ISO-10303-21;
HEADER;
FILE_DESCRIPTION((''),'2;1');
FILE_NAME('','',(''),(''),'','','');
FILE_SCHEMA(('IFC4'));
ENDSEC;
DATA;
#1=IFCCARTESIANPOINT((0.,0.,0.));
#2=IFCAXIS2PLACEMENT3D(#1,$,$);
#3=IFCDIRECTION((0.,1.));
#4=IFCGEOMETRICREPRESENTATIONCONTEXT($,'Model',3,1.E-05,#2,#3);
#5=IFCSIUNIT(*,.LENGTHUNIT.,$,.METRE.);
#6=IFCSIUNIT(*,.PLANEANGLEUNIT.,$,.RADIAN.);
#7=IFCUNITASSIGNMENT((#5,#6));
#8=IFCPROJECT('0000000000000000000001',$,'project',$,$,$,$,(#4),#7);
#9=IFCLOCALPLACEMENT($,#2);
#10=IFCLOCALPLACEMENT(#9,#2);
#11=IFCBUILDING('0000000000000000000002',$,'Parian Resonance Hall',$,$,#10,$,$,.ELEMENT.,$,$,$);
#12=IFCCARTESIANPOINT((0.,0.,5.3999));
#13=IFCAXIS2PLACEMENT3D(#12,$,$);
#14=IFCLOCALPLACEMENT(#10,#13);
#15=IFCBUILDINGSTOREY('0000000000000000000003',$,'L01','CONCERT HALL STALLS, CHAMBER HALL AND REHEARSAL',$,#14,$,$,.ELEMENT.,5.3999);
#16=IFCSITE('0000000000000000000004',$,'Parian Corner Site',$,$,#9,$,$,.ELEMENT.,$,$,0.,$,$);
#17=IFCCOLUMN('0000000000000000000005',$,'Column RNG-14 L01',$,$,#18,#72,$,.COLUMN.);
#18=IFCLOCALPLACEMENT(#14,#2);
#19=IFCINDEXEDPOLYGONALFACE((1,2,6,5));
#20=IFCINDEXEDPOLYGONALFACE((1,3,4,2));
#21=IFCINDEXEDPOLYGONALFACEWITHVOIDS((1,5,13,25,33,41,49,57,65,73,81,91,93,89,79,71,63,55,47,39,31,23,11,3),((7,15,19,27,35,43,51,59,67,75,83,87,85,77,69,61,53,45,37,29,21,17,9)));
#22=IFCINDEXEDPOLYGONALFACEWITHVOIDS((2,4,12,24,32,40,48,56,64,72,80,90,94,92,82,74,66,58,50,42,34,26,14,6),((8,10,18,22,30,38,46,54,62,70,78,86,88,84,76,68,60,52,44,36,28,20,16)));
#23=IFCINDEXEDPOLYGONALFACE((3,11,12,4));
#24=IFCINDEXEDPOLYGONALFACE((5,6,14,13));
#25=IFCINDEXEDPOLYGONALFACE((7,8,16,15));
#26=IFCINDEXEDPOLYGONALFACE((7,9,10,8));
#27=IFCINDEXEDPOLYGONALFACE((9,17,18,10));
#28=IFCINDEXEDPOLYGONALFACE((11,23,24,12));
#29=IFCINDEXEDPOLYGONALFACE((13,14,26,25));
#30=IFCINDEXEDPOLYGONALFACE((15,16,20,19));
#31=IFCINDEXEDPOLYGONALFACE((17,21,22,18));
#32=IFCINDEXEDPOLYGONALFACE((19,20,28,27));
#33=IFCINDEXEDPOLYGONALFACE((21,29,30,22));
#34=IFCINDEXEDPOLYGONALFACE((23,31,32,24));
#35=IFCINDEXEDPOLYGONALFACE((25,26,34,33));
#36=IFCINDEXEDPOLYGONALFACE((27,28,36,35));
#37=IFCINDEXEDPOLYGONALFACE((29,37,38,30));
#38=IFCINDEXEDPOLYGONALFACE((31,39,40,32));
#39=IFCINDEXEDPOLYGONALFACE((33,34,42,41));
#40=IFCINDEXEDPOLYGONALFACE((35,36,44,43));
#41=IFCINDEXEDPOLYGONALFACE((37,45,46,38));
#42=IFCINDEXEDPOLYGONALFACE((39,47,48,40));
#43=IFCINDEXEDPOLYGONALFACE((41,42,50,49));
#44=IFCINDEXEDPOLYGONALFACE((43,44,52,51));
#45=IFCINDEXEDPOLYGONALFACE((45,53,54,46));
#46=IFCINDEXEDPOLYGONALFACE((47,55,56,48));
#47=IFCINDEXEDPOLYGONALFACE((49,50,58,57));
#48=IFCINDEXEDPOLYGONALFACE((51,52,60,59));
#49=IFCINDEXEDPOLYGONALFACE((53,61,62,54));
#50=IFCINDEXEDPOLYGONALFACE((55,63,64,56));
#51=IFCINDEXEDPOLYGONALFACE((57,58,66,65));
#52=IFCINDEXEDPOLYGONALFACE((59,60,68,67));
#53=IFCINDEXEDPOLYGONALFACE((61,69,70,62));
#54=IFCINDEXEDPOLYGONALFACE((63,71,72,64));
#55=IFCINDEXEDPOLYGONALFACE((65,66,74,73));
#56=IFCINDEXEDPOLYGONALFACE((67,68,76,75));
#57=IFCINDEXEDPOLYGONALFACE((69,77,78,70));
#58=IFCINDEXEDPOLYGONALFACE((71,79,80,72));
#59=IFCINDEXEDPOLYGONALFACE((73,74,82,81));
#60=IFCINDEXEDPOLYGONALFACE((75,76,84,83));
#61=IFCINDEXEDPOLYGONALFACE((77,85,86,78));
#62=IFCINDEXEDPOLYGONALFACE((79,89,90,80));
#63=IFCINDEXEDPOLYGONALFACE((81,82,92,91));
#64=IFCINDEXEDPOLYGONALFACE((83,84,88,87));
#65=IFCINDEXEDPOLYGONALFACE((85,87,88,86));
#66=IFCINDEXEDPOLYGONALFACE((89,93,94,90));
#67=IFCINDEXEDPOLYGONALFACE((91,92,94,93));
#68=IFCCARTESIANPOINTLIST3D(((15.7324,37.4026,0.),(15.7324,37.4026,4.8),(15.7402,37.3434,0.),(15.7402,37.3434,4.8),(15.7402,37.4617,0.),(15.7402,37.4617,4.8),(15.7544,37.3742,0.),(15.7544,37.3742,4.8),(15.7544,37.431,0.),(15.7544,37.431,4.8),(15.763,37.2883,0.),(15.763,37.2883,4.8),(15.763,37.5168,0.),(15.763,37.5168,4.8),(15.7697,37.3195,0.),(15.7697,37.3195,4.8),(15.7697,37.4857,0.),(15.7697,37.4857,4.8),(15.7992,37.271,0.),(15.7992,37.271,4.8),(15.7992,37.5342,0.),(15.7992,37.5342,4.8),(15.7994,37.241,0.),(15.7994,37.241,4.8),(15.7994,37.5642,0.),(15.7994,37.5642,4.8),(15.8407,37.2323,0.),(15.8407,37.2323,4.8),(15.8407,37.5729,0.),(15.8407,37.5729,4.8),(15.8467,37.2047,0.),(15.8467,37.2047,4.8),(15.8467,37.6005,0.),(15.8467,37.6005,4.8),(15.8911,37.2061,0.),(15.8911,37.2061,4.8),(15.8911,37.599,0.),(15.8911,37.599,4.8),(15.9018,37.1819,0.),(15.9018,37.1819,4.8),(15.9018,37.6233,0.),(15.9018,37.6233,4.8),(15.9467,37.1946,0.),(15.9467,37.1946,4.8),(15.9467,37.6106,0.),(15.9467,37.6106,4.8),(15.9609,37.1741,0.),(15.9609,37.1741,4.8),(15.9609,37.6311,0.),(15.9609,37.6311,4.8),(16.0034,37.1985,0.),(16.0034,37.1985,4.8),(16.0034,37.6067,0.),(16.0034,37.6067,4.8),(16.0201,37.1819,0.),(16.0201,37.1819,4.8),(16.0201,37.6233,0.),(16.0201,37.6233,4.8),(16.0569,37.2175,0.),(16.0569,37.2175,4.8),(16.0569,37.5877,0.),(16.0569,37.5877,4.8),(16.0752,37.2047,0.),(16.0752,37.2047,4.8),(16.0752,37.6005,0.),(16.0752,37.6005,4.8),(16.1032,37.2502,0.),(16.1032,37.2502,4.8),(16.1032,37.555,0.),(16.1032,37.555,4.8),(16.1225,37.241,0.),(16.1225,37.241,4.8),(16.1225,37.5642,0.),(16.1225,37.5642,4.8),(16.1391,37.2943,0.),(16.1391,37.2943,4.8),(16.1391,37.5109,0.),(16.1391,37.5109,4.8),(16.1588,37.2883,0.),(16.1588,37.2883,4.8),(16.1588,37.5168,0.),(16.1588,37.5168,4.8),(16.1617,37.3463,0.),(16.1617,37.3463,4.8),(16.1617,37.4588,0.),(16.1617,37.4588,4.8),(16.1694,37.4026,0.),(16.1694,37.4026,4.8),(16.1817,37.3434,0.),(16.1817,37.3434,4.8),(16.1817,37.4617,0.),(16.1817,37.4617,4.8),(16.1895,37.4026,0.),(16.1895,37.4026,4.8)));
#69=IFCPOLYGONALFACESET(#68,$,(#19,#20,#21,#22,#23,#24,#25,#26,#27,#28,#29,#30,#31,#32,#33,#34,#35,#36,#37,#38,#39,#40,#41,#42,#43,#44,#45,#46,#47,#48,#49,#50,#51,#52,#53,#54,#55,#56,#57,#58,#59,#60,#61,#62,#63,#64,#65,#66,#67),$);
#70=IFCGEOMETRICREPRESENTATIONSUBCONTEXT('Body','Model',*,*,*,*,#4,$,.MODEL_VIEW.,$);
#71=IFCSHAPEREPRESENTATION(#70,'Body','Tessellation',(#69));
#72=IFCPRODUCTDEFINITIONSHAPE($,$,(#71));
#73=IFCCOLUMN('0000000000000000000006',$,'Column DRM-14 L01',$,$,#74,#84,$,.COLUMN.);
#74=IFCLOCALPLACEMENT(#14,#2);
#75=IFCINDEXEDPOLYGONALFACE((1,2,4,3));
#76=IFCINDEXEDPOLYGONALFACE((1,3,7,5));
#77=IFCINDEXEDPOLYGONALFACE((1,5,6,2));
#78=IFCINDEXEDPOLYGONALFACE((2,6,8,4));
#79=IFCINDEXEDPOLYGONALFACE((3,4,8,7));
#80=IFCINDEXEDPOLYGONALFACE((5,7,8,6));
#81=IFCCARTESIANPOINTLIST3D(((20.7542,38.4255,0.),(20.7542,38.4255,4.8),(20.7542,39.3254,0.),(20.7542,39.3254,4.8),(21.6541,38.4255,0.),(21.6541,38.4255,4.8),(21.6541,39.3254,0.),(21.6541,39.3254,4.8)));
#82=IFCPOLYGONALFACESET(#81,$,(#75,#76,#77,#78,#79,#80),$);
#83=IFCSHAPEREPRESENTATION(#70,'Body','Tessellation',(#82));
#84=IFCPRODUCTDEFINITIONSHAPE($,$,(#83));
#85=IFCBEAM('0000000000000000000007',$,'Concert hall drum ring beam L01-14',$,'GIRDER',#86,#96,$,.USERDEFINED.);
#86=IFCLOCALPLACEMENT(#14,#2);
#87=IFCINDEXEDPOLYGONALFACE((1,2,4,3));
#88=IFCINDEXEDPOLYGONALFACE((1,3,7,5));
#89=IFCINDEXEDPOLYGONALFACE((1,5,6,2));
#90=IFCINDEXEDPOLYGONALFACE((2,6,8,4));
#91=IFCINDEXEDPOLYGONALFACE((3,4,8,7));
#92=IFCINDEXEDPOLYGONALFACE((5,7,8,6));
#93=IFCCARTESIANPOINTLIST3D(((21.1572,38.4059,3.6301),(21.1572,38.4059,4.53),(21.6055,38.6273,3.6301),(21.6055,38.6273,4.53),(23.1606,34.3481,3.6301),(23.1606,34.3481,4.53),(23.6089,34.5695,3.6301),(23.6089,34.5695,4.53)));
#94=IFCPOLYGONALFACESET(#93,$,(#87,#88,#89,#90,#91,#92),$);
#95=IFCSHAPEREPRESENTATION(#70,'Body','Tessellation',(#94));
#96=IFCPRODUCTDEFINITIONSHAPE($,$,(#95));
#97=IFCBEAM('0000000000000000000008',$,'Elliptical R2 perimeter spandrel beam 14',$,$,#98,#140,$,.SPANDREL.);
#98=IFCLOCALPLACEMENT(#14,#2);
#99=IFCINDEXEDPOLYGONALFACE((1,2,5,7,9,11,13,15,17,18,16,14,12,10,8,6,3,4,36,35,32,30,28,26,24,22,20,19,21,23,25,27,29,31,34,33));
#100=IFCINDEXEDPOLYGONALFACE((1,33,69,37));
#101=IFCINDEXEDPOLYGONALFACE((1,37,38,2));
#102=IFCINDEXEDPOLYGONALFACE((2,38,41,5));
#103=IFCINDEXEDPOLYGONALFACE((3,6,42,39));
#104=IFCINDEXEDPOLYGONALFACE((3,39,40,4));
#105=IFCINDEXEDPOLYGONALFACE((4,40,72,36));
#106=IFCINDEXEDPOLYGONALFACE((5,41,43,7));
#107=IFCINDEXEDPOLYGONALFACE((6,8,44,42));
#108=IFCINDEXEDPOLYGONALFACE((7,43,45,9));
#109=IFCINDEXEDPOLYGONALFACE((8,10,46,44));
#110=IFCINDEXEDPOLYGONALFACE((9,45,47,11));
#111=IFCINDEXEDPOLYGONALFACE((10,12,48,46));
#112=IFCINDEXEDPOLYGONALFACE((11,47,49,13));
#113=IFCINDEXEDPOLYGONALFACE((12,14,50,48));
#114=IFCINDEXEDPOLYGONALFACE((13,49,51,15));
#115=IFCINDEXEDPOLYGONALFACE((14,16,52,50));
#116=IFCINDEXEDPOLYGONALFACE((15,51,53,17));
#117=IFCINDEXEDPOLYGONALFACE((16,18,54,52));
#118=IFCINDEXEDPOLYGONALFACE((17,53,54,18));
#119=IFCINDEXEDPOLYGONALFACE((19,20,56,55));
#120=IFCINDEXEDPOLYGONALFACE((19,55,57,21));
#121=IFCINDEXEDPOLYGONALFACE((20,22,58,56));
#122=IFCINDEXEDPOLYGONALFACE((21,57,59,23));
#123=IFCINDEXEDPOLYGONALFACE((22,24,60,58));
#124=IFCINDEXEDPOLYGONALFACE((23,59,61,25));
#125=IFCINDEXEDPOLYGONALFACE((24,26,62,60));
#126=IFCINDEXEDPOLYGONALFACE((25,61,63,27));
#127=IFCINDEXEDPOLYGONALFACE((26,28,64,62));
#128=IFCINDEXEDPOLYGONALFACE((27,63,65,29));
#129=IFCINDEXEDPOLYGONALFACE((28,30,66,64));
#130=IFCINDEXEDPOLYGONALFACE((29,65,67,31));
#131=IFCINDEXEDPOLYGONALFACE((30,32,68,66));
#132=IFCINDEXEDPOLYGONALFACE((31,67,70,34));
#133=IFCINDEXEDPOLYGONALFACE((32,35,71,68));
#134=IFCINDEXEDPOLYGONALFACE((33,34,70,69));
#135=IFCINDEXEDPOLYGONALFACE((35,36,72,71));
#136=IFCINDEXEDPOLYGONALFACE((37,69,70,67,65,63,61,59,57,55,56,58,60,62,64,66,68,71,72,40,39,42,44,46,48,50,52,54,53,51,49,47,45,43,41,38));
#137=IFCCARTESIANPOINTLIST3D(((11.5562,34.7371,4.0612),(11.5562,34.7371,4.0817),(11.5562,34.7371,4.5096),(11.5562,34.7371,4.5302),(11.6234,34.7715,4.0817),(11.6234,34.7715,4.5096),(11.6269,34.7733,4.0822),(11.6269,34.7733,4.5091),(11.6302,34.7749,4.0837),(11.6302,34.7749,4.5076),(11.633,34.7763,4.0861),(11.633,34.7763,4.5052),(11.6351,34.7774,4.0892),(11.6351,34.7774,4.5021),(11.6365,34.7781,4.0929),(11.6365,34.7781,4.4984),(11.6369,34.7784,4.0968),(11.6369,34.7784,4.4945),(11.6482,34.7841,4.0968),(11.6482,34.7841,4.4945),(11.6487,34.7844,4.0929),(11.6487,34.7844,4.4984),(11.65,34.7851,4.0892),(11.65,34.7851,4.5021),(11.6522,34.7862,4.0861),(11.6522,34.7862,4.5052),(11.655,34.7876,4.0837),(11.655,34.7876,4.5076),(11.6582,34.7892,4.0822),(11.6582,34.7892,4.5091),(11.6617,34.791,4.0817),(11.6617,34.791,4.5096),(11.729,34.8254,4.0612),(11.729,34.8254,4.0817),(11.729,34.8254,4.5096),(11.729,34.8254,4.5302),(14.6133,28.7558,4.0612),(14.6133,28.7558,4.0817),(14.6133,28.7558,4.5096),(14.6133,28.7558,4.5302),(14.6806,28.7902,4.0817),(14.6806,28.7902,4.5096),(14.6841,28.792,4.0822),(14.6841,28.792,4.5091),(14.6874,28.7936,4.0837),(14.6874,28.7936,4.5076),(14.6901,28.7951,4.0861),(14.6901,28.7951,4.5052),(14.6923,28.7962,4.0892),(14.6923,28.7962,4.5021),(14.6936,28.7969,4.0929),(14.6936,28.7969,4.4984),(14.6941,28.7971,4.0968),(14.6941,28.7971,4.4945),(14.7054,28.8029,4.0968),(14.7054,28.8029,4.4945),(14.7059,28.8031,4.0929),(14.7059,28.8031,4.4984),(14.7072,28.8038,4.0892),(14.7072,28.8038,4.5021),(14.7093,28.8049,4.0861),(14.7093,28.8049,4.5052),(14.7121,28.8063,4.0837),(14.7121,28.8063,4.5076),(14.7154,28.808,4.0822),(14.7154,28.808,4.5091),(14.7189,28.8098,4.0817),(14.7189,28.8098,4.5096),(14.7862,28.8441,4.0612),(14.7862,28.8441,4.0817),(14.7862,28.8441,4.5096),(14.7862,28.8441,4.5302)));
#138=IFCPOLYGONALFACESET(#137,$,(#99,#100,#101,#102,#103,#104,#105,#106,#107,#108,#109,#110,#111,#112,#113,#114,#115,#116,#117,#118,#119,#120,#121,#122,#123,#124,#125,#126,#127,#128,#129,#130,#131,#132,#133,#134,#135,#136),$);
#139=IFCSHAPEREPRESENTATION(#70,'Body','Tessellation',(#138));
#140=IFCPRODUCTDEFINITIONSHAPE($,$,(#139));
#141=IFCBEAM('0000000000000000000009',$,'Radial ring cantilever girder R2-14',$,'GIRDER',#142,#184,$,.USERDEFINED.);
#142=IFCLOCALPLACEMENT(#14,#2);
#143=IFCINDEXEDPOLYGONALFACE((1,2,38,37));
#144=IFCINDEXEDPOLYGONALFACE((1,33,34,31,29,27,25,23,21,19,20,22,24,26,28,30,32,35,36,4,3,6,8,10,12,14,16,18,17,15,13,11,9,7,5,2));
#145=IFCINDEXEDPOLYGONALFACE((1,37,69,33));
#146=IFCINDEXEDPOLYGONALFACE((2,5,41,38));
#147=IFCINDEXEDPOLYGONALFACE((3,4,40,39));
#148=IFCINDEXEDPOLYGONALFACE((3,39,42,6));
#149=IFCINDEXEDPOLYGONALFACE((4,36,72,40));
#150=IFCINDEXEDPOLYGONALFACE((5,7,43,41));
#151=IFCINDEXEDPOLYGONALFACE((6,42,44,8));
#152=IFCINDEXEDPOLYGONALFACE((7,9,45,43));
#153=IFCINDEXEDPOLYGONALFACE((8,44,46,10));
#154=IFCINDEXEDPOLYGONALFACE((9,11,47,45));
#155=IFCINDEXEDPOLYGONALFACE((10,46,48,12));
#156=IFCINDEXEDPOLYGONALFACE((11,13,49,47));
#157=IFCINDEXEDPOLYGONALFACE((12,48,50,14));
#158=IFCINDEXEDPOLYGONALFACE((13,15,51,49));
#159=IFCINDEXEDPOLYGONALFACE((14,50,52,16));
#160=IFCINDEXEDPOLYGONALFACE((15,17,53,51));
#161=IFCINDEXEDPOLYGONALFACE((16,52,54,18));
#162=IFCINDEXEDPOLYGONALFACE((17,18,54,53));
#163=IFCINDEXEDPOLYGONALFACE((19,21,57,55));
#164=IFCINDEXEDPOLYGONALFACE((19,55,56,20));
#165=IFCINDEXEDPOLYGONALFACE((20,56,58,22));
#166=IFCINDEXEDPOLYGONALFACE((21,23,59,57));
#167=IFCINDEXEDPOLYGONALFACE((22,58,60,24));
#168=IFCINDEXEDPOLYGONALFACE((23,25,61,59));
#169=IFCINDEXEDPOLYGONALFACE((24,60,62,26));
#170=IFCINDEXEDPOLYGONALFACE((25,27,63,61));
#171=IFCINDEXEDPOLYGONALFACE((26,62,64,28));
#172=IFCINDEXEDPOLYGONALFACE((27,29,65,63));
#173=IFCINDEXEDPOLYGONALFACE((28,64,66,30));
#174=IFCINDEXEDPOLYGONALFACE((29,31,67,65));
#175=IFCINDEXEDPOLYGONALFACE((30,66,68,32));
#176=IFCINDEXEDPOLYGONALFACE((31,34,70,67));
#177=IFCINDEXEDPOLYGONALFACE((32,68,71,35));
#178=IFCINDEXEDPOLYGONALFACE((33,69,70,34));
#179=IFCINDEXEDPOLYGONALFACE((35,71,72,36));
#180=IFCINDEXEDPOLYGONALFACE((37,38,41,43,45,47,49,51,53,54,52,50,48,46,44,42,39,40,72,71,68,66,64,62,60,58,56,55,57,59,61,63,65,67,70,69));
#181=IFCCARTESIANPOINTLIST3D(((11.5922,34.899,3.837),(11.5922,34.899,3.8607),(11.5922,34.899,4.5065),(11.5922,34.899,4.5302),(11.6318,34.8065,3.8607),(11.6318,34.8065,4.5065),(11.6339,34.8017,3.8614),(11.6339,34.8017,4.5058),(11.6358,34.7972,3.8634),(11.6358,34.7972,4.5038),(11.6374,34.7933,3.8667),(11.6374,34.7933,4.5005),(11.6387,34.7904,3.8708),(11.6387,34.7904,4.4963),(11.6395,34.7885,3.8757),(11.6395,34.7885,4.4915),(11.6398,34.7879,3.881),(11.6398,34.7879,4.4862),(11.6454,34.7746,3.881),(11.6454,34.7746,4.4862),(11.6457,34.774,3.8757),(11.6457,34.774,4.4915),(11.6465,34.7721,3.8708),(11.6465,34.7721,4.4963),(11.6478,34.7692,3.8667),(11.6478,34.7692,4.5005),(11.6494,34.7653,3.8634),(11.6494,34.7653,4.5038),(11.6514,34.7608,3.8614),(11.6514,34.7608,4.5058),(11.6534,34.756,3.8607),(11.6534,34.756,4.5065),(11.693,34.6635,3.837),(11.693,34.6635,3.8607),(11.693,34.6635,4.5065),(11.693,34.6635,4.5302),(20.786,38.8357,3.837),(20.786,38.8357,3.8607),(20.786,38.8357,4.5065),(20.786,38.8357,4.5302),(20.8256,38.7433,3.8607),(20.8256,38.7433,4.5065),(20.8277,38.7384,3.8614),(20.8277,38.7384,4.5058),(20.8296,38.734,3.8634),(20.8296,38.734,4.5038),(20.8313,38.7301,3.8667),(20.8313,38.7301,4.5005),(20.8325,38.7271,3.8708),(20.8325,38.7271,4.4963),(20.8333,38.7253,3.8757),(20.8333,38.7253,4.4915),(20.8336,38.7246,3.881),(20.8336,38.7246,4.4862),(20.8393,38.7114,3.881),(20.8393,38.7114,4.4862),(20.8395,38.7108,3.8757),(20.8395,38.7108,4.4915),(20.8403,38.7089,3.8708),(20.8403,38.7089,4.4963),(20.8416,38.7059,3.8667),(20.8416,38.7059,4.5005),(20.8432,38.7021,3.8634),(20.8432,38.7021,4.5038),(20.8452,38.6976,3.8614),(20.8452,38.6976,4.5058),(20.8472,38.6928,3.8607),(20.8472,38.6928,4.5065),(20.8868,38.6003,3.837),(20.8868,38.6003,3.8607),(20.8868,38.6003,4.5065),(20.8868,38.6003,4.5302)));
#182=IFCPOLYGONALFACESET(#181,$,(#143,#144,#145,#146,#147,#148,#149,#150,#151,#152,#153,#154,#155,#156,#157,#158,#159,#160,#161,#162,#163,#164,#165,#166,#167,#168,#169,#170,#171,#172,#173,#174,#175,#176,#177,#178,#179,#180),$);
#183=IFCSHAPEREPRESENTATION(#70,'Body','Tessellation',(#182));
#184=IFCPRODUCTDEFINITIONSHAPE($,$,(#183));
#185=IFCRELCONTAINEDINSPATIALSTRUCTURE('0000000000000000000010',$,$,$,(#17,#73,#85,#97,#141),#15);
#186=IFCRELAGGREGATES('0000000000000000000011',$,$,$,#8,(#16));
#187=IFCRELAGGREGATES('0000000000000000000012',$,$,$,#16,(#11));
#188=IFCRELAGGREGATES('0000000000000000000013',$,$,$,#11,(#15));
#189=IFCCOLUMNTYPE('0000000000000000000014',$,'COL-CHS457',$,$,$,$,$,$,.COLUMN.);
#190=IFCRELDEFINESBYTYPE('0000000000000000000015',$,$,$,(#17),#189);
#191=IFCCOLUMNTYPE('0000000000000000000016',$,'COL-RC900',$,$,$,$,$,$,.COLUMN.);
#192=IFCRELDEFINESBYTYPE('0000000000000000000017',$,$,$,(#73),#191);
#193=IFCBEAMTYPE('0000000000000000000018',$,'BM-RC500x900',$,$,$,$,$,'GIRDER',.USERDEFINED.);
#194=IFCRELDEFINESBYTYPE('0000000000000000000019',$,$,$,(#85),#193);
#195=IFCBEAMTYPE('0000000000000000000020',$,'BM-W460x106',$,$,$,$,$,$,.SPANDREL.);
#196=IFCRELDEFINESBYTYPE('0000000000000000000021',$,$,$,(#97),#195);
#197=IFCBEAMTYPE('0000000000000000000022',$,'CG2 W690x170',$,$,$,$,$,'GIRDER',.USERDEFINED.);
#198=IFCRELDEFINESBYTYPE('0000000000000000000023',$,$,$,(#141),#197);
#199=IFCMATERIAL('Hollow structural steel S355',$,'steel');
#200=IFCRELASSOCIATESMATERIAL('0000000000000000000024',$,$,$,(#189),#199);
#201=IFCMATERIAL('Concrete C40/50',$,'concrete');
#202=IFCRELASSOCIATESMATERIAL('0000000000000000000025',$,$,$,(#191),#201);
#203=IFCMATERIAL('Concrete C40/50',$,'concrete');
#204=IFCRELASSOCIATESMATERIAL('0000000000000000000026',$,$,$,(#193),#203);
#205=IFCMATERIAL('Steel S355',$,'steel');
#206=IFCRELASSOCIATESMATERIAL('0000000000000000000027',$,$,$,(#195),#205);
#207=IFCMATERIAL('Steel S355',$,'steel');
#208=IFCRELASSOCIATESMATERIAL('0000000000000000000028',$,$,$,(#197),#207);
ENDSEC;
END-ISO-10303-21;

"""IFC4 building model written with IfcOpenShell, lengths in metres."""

from ifc_helpers import new_model, si_unit, direction, frame, origin, origin_2d, place, context, subcontext, project, spatial, rectangle, hollow_circle, i_section, extrude, material, material_profile, profile_set, type_object, element, save


model = new_model("IFC4")

# Units and contexts
model_context = context("Model", 3, precision=1e-05, world=origin(), true_north=direction((0.0, 1.0)))
body_context = subcontext(model_context, "Body", "Model", "MODEL_VIEW")
ifc_project = project(units=[si_unit("LENGTHUNIT", "METRE"), si_unit("PLANEANGLEUNIT", "RADIAN")], contexts=[model_context])

# Site, building, storey
site_placement = place(None, origin())
site = spatial("IfcSite", under=ifc_project, at=site_placement, Name="Parian Corner Site", CompositionType="ELEMENT", RefElevation=0.0)
building_placement = place(site_placement, origin())
building = spatial("IfcBuilding", under=site, at=building_placement, Name="Parian Resonance Hall", CompositionType="ELEMENT")
storey_placement = place(building_placement, frame((0.0, 0.0, 5.3999)))
storey = spatial("IfcBuildingStorey", under=building, at=storey_placement, Name="L01", Description="CONCERT HALL STALLS, CHAMBER HALL AND REHEARSAL", CompositionType="ELEMENT", Elevation=5.3999)

# Columns
ifc_material_1 = material(Name="Hollow structural steel S355", Category="steel")
ifc_material_profile_1 = material_profile(ifc_material_1, hollow_circle(Radius=0.2285, WallThickness=0.02, at=origin_2d()), Name="CHS457x20")
ifc_profile_set_1 = profile_set([ifc_material_profile_1], Name="Hollow structural steel S355")
column_type_1 = type_object("IfcColumnType", Name="COL-CHS457", PredefinedType="COLUMN", material=ifc_profile_set_1)
column_1_placement = place(storey_placement, frame((15.9609, 37.4026, 0.0), z_axis=(0.0, 0.0, 1.0), x_axis=(1.0, 0.0, 0.0)))
element("IfcColumn", 1, at=column_1_placement, inside=storey, type_object=column_type_1, Name="Column RNG-14 L01", PredefinedType="COLUMN", context=body_context, shape_type="SweptSolid", body=[
    extrude(hollow_circle(Radius=0.2285, WallThickness=0.02, at=origin_2d()), origin(), (0.0, 0.0, 1.0), 4.8),
])
ifc_material_2 = material(Name="Concrete C40/50", Category="concrete")
ifc_material_profile_2 = material_profile(ifc_material_2, rectangle(XDim=0.8999, YDim=0.8999, at=origin_2d()), Name="RC-COL-900x900")
ifc_profile_set_2 = profile_set([ifc_material_profile_2], Name="Concrete C40/50")
column_type_2 = type_object("IfcColumnType", Name="COL-RC900", PredefinedType="COLUMN", material=ifc_profile_set_2)
column_2_placement = place(storey_placement, frame((21.2041, 38.8755, 0.0), z_axis=(0.0, 0.0, 1.0), x_axis=(1.0, 0.0, 0.0)))
element("IfcColumn", 2, at=column_2_placement, inside=storey, type_object=column_type_2, Name="Column DRM-14 L01", PredefinedType="COLUMN", context=body_context, shape_type="SweptSolid", body=[
    extrude(rectangle(XDim=0.8999, YDim=0.8999, at=origin_2d()), origin(), (0.0, 0.0, 1.0), 4.8),
])

# Beams
ifc_material_3 = material(Name="Concrete C40/50", Category="concrete")
ifc_material_profile_3 = material_profile(ifc_material_3, rectangle(XDim=0.5, YDim=0.8999, at=origin_2d()), Name="RC-BM-500x900")
ifc_profile_set_3 = profile_set([ifc_material_profile_3], Name="Concrete C40/50")
beam_type_1 = type_object("IfcBeamType", Name="BM-RC500x900", ElementType="GIRDER", PredefinedType="USERDEFINED", material=ifc_profile_set_3)
beam_1_placement = place(storey_placement, frame((21.3813, 38.5166, 4.0801), z_axis=(0.442698, -0.896671, 0.0), x_axis=(0.896671, 0.442698, 0.0)))
element("IfcBeam", 3, at=beam_1_placement, inside=storey, type_object=beam_type_1, Name="Concert hall drum ring beam L01-14", ObjectType="GIRDER", PredefinedType="USERDEFINED", context=body_context, shape_type="SweptSolid", body=[
    extrude(rectangle(XDim=0.5, YDim=0.8999, at=origin_2d()), origin(), (0.0, 0.0, 1.0), 4.5254),
])
ifc_material_4 = material(Name="Steel S355", Category="steel")
ifc_material_profile_4 = material_profile(ifc_material_4, i_section(OverallWidth=0.1941, OverallDepth=0.469, WebThickness=0.0127, FlangeThickness=0.0205, FilletRadius=0.0151, at=origin_2d()), Name="W460x106")
ifc_profile_set_4 = profile_set([ifc_material_profile_4], Name="Steel S355")
beam_type_2 = type_object("IfcBeamType", Name="BM-W460x106", PredefinedType="SPANDREL", material=ifc_profile_set_4)
beam_2_placement = place(storey_placement, frame((11.6426, 34.7812, 4.2957), z_axis=(0.455119, -0.89043, 0.0), x_axis=(0.89043, 0.455119, 0.0)))
element("IfcBeam", 4, at=beam_2_placement, inside=storey, type_object=beam_type_2, Name="Elliptical R2 perimeter spandrel beam 14", PredefinedType="SPANDREL", context=body_context, shape_type="SweptSolid", body=[
    extrude(i_section(OverallWidth=0.1941, OverallDepth=0.469, WebThickness=0.0127, FlangeThickness=0.0205, FilletRadius=0.0151, at=origin_2d()), origin(), (0.0, 0.0, 1.0), 6.7173),
])
ifc_material_5 = material(Name="Steel S355", Category="steel")
ifc_material_profile_5 = material_profile(ifc_material_5, i_section(OverallWidth=0.2561, OverallDepth=0.6931, WebThickness=0.0144, FlangeThickness=0.0237, FilletRadius=0.0203, at=origin_2d()), Name="W690x170")
ifc_profile_set_5 = profile_set([ifc_material_profile_5], Name="Steel S355")
beam_type_3 = type_object("IfcBeamType", Name="CG2 W690x170", ElementType="GIRDER", PredefinedType="USERDEFINED", material=ifc_profile_set_5)
beam_3_placement = place(storey_placement, frame((20.8364, 38.718, 4.1836), z_axis=(-0.91927, -0.393628, 0.0), x_axis=(0.393628, -0.91927, 0.0)))
element("IfcBeam", 5, at=beam_3_placement, inside=storey, type_object=beam_type_3, Name="Radial ring cantilever girder R2-14", ObjectType="GIRDER", PredefinedType="USERDEFINED", context=body_context, shape_type="SweptSolid", body=[
    extrude(i_section(OverallWidth=0.2561, OverallDepth=0.6931, WebThickness=0.0144, FlangeThickness=0.0237, FilletRadius=0.0203, at=origin_2d()), origin(), (0.0, 0.0, 1.0), 10.0012),
])

save(model, "model.ifc")
